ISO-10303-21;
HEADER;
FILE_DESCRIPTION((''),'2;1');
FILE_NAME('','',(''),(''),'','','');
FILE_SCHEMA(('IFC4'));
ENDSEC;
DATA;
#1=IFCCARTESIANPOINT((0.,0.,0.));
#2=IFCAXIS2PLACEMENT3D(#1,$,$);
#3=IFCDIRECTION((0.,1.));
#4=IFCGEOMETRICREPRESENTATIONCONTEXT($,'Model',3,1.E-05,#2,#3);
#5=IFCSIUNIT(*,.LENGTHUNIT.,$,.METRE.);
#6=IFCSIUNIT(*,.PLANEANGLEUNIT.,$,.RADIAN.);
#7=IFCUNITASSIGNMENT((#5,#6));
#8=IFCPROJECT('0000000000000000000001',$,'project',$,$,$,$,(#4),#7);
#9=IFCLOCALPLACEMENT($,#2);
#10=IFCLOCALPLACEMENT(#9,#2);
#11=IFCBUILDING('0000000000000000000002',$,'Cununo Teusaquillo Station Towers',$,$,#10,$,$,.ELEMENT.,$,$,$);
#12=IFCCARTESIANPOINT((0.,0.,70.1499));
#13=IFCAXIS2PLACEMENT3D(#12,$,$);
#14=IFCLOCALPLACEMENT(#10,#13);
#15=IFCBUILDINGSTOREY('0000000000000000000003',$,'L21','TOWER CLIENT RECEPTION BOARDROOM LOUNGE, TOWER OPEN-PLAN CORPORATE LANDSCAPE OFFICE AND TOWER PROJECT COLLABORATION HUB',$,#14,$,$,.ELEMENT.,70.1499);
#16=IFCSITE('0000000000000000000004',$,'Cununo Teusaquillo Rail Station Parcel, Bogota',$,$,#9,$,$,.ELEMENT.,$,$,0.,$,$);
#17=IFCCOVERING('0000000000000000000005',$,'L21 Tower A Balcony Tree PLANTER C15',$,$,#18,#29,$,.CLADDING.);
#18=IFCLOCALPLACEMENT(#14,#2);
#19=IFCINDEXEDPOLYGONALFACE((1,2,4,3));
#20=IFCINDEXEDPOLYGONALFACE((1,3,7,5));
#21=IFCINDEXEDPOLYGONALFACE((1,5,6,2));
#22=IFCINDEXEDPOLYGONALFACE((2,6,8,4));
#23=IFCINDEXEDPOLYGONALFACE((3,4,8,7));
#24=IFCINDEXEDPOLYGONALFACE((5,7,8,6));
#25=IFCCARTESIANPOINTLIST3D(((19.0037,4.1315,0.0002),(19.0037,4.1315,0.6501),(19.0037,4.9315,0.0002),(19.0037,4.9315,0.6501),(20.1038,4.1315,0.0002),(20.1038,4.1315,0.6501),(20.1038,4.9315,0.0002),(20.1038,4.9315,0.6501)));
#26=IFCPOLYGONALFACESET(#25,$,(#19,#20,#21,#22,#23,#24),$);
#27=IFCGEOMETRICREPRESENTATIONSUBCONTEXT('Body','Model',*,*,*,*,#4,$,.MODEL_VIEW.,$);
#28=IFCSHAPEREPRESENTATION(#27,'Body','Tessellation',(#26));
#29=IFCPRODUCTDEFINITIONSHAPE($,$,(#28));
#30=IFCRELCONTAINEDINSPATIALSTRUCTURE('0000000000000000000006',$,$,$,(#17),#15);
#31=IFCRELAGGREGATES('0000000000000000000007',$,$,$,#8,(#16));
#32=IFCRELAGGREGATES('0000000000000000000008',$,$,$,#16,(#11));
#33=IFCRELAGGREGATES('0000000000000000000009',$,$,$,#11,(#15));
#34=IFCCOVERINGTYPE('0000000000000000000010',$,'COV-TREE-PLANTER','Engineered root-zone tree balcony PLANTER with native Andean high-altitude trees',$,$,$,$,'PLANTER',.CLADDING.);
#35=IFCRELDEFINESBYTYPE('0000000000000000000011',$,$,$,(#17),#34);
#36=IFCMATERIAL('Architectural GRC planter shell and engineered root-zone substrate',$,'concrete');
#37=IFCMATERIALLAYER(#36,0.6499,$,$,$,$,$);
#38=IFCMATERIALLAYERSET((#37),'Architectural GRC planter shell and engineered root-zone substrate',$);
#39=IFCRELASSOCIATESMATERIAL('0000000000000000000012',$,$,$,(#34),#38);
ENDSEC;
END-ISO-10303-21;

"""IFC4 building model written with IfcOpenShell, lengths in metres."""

from ifc_helpers import new_model, si_unit, direction, frame, origin, origin_2d, place, context, subcontext, project, spatial, rectangle, extrude, source, transform, mapped, material, layer, layer_set, type_object, element, save


model = new_model("IFC4")

# Units and contexts
model_context = context("Model", 3, precision=1e-05, world=origin(), true_north=direction((0.0, 1.0)))
body_context = subcontext(model_context, "Body", "Model", "MODEL_VIEW")
ifc_project = project(units=[si_unit("LENGTHUNIT", "METRE"), si_unit("PLANEANGLEUNIT", "RADIAN")], contexts=[model_context])

# Site, building, storey
site_placement = place(None, origin())
site = spatial("IfcSite", under=ifc_project, at=site_placement, Name="Cununo Teusaquillo Rail Station Parcel, Bogota", CompositionType="ELEMENT", RefElevation=0.0)
building_placement = place(site_placement, origin())
building = spatial("IfcBuilding", under=site, at=building_placement, Name="Cununo Teusaquillo Station Towers", CompositionType="ELEMENT")
storey_placement = place(building_placement, frame((0.0, 0.0, 70.1499)))
storey = spatial("IfcBuildingStorey", under=building, at=storey_placement, Name="L21", Description="TOWER CLIENT RECEPTION BOARDROOM LOUNGE, TOWER OPEN-PLAN CORPORATE LANDSCAPE OFFICE AND TOWER PROJECT COLLABORATION HUB", CompositionType="ELEMENT", Elevation=70.1499)

# Covering
ifc_material_1 = material(Name="Architectural GRC planter shell and engineered root-zone substrate", Category="concrete")
ifc_layer_1 = layer(ifc_material_1, 0.6499)
ifc_layer_set_1 = layer_set([ifc_layer_1], Name="Architectural GRC planter shell and engineered root-zone substrate")
covering_type = type_object("IfcCoveringType", Name="COV-TREE-PLANTER", Description="Engineered root-zone tree balcony PLANTER with native Andean high-altitude trees", ElementType="PLANTER", PredefinedType="CLADDING", material=ifc_layer_set_1)
shared_shape_1 = source(origin(), body_context, "Body", "SweptSolid", [
    extrude(rectangle(XDim=1.1001, YDim=0.8, at=origin_2d()), origin(), (0.0, 0.0, 1.0), 0.6499),
])
covering_placement = place(storey_placement, frame((19.5537, 4.5315, 0.0002), z_axis=(0.0, 0.0, 1.0), x_axis=(1.0, 0.0, 0.0)))
element("IfcCovering", 1, at=covering_placement, inside=storey, type_object=covering_type, Name="L21 Tower A Balcony Tree PLANTER C15", PredefinedType="CLADDING", context=body_context, shape_type="MappedRepresentation", body=[
    mapped(shared_shape_1, transform((0.0, 0.0, 0.0), x_axis=(1.0, 0.0, 0.0), y_axis=(0.0, 1.0, 0.0), z_axis=(0.0, 0.0, 1.0), scale=1.0)),
])

save(model, "model.ifc")
